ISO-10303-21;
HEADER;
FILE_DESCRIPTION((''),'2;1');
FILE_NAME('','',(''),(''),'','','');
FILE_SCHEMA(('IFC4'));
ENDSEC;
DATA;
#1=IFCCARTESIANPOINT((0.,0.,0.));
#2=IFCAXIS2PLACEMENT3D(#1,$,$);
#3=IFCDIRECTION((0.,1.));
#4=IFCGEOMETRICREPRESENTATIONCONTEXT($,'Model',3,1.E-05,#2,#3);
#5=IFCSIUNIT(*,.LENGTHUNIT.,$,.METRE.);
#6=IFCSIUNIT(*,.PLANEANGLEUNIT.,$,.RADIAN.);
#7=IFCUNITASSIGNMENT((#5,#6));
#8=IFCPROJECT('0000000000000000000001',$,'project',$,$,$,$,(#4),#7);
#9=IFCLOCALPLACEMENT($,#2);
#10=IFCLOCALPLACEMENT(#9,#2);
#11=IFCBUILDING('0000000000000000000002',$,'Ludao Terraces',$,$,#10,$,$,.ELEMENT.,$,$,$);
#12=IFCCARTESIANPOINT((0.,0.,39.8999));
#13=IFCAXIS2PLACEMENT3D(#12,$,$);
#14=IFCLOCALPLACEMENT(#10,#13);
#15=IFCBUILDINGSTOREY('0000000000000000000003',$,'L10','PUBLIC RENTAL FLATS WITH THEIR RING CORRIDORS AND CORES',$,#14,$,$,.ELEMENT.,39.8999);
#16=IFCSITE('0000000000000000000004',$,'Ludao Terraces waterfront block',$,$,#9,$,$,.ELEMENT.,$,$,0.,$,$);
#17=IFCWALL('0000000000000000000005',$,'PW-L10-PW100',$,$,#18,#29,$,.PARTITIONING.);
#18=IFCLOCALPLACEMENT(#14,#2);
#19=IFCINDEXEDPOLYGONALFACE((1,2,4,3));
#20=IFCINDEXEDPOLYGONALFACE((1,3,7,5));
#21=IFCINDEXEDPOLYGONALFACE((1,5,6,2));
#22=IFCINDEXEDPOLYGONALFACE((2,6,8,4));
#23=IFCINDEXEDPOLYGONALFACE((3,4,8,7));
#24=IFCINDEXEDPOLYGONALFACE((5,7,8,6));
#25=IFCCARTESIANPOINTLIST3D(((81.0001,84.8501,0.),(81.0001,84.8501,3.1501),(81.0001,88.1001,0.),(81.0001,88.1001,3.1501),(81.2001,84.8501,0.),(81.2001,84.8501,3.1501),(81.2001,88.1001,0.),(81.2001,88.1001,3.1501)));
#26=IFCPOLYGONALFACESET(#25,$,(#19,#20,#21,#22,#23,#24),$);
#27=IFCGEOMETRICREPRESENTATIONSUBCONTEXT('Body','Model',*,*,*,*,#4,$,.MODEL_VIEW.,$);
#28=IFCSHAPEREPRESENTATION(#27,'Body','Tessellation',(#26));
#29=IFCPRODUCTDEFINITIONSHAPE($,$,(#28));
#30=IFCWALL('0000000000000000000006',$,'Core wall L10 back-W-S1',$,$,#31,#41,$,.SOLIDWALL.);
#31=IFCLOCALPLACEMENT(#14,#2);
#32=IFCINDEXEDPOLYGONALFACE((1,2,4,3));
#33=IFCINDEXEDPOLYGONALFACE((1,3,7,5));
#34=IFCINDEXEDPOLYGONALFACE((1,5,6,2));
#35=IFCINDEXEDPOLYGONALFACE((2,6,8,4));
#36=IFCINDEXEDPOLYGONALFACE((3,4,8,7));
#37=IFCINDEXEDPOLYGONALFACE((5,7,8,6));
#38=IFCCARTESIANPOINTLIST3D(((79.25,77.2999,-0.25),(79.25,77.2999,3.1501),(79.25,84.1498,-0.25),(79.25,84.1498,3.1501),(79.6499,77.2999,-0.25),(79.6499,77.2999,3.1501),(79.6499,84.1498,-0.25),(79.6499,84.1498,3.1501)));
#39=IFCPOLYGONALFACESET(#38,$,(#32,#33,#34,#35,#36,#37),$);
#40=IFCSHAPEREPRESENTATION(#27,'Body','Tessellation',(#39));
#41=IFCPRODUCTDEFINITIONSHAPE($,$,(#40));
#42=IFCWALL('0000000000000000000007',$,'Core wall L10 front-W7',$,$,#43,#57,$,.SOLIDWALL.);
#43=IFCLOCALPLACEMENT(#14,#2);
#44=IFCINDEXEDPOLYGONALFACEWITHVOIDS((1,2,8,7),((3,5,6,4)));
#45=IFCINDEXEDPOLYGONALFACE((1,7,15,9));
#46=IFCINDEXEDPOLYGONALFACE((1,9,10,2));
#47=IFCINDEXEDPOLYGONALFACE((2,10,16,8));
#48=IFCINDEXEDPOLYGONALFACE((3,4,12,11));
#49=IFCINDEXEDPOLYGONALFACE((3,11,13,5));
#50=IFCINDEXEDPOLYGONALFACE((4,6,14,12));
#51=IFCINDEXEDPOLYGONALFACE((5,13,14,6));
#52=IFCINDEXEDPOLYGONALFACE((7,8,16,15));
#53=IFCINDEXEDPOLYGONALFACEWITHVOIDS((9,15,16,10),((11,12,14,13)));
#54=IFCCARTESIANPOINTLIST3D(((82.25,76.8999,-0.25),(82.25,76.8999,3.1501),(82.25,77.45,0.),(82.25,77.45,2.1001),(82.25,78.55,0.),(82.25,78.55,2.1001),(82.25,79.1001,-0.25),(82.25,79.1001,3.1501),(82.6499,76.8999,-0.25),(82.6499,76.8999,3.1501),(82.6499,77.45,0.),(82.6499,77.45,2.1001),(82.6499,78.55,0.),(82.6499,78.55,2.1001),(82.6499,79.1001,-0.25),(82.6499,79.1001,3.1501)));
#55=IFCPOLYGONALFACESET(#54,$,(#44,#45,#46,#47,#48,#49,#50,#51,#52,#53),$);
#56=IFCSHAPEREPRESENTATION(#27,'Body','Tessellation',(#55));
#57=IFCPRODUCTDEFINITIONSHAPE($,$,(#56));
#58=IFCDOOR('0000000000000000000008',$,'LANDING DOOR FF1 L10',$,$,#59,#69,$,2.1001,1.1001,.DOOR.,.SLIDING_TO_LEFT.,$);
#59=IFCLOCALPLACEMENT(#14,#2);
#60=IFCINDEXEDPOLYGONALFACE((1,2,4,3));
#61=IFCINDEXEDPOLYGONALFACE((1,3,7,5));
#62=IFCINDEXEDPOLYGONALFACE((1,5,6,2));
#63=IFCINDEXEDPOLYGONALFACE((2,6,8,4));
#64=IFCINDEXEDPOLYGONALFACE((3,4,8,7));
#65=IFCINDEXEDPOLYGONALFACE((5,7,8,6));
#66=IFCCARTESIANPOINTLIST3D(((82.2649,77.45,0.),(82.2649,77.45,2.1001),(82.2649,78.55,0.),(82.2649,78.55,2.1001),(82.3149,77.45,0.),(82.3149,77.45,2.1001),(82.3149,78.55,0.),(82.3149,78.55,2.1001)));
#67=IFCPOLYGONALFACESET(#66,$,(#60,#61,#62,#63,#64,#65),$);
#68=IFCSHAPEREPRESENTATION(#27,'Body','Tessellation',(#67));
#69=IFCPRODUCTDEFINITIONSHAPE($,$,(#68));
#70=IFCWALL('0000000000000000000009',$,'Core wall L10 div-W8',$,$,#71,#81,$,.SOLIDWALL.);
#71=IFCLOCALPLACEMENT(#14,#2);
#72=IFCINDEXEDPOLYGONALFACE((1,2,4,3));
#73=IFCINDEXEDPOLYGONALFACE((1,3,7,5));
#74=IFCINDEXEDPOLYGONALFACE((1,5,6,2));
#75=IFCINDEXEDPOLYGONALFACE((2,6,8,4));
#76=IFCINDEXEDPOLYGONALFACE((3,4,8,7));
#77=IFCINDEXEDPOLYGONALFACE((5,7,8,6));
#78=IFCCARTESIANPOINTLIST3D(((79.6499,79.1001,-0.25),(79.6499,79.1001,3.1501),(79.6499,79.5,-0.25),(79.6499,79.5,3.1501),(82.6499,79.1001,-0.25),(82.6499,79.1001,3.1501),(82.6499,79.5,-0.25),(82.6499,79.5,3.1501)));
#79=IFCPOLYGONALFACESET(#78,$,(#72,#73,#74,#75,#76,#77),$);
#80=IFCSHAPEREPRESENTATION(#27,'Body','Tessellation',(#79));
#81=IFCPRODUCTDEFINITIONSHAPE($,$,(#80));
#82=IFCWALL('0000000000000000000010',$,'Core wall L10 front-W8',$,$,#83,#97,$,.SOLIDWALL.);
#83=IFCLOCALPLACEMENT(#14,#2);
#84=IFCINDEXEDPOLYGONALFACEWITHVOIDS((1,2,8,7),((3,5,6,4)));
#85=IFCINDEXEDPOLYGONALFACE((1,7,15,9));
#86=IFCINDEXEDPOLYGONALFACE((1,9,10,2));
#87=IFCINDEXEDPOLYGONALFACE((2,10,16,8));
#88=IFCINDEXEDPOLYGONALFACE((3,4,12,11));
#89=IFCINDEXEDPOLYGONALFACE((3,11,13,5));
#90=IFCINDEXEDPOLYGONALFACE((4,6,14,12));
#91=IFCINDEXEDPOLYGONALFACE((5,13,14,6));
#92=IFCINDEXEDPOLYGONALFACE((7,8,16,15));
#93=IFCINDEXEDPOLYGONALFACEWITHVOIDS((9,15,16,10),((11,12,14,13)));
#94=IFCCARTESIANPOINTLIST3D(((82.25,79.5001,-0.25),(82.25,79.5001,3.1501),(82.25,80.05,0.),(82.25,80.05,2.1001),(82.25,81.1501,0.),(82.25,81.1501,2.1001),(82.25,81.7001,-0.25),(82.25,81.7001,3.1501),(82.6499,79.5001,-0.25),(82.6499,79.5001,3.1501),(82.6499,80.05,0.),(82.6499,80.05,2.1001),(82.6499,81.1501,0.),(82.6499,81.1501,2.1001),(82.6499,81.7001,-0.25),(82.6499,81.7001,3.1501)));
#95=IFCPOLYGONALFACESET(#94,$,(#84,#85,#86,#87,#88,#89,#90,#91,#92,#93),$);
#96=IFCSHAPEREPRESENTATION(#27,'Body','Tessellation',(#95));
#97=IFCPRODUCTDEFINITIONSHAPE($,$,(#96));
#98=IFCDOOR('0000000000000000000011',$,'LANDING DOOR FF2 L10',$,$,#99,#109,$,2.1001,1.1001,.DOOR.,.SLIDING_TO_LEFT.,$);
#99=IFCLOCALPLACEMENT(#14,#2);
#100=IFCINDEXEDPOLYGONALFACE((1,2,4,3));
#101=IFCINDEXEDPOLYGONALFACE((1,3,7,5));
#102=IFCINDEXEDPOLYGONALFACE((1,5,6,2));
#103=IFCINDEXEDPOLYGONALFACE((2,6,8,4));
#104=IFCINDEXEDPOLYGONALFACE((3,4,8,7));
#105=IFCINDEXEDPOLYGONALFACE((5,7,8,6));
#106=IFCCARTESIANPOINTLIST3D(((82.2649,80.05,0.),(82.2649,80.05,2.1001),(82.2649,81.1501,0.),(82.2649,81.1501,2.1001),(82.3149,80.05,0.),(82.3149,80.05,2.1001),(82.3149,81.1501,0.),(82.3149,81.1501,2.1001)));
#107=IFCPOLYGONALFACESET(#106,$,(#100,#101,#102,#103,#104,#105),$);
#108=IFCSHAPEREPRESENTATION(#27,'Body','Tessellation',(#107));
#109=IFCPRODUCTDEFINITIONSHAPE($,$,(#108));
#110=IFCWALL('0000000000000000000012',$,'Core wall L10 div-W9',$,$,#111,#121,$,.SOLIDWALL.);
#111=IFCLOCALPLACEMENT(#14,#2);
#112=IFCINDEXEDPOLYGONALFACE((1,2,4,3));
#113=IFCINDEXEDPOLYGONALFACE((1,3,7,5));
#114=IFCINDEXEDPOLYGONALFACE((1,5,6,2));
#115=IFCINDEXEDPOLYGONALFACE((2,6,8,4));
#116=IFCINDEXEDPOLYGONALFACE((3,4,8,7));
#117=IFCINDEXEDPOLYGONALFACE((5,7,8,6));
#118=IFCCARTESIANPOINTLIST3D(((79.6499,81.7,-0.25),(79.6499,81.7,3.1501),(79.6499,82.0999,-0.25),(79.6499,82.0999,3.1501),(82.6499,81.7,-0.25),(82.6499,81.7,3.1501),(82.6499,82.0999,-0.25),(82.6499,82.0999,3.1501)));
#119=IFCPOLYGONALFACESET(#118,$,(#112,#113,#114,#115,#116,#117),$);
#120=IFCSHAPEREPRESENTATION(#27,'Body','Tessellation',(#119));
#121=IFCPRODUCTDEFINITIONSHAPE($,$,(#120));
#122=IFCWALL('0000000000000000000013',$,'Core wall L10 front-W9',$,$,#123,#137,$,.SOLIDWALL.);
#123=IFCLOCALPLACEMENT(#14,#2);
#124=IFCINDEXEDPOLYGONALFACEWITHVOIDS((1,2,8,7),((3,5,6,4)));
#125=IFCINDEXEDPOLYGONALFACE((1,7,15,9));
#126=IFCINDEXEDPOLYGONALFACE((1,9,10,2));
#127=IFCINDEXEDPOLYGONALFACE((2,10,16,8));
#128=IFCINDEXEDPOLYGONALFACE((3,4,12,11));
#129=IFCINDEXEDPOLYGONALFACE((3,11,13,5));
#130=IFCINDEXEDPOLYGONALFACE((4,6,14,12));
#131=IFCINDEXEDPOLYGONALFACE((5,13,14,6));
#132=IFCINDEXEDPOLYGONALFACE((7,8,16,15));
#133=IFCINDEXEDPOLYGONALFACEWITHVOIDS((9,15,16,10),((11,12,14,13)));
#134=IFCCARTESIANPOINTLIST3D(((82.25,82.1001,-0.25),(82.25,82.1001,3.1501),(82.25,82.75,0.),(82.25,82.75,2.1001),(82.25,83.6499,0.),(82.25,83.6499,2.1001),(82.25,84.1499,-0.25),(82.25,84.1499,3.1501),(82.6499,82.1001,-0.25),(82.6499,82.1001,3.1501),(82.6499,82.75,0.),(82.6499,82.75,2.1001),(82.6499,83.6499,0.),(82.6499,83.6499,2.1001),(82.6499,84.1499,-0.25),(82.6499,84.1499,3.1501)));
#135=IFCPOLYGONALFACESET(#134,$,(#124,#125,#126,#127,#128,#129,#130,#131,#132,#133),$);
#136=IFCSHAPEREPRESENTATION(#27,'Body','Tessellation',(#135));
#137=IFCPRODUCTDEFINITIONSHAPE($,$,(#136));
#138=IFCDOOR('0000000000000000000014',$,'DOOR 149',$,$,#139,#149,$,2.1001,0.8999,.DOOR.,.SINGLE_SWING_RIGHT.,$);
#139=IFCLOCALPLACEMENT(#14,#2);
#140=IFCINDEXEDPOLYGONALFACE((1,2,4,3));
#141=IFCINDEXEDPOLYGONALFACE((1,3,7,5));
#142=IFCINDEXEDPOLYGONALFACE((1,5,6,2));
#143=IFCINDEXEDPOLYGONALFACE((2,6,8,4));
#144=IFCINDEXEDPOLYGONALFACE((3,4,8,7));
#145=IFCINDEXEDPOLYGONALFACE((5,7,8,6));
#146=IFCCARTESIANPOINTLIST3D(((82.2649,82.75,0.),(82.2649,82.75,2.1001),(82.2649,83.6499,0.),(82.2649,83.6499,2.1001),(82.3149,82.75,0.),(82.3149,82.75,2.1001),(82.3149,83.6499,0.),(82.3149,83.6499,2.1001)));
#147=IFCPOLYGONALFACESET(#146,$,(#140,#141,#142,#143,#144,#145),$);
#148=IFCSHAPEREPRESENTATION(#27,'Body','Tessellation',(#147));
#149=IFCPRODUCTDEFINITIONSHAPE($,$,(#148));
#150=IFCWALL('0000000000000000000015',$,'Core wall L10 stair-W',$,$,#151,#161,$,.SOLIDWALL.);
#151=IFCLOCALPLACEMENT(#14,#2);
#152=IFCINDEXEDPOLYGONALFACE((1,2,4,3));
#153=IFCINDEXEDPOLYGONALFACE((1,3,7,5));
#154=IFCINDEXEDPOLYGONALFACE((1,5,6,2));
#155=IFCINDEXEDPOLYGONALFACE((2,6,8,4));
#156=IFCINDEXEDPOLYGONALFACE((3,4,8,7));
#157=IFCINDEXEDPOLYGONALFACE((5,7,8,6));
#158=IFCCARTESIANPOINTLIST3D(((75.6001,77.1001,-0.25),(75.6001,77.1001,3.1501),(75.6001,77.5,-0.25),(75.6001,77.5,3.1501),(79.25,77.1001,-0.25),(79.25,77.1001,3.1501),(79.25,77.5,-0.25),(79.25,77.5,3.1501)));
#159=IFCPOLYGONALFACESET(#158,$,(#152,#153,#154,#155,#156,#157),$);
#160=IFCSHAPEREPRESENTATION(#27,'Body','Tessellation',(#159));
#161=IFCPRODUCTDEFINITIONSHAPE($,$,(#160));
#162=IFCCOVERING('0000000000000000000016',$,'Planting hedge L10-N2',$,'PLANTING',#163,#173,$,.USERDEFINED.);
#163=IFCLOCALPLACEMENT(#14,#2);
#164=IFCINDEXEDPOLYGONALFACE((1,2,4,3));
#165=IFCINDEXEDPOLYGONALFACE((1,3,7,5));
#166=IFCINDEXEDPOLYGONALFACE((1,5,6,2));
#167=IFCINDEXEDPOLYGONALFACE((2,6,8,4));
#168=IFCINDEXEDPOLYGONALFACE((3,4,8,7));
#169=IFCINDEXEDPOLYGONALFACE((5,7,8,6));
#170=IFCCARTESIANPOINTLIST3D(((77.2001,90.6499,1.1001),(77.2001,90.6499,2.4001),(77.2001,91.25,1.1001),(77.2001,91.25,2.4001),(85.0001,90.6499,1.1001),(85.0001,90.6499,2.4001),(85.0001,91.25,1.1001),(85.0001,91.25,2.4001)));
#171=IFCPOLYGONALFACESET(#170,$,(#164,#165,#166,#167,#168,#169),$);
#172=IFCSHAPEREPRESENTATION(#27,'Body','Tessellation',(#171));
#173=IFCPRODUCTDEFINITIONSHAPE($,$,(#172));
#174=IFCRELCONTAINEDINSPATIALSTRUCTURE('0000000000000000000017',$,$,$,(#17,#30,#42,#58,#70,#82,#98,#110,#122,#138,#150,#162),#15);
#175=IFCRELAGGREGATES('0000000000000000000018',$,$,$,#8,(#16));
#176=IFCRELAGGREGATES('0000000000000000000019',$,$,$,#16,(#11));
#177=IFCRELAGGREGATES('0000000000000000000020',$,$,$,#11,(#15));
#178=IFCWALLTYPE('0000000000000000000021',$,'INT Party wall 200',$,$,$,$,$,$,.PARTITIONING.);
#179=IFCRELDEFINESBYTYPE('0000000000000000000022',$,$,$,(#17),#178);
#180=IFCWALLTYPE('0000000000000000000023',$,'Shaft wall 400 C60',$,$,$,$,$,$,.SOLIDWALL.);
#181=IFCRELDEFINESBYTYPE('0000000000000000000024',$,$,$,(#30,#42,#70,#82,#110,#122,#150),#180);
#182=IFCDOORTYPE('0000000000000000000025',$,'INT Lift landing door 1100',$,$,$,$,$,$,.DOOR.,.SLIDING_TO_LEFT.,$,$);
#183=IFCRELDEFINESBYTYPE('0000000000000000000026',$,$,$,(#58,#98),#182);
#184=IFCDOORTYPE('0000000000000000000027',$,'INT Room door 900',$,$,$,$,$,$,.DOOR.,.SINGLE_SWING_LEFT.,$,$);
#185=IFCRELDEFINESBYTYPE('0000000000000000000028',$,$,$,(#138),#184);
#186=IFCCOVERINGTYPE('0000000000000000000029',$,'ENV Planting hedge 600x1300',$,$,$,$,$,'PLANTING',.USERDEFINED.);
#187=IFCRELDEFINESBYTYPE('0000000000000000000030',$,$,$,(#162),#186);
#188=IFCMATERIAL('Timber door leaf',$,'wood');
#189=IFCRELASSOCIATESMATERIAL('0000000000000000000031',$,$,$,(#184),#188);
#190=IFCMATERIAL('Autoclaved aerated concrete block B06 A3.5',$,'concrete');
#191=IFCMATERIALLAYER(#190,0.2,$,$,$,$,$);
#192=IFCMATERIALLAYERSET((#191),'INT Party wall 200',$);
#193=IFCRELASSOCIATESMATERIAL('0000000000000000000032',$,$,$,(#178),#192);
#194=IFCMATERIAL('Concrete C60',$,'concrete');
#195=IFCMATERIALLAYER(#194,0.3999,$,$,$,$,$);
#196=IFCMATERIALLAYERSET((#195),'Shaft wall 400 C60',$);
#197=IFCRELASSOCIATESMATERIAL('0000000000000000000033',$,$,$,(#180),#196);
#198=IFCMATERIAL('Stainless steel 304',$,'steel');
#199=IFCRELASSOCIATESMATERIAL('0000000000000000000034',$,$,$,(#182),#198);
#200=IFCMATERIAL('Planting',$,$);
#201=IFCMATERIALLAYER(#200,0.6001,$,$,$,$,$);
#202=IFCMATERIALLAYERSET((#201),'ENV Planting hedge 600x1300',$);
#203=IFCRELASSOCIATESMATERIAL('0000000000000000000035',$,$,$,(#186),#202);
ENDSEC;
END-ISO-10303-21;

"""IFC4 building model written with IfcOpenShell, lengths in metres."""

from ifc_helpers import new_model, si_unit, direction, frame, frame_2d, origin, origin_2d, place, context, subcontext, project, spatial, rectangle, extrude, material, layer, layer_set, type_object, element, fill, save


model = new_model("IFC4")

# Units and contexts
model_context = context("Model", 3, precision=1e-05, world=origin(), true_north=direction((0.0, 1.0)))
body_context = subcontext(model_context, "Body", "Model", "MODEL_VIEW")
ifc_project = project(units=[si_unit("LENGTHUNIT", "METRE"), si_unit("PLANEANGLEUNIT", "RADIAN")], contexts=[model_context])

# Site, building, storey
site_placement = place(None, origin())
site = spatial("IfcSite", under=ifc_project, at=site_placement, Name="Ludao Terraces waterfront block", CompositionType="ELEMENT", RefElevation=0.0)
building_placement = place(site_placement, origin())
building = spatial("IfcBuilding", under=site, at=building_placement, Name="Ludao Terraces", CompositionType="ELEMENT")
storey_placement = place(building_placement, frame((0.0, 0.0, 39.8999)))
storey = spatial("IfcBuildingStorey", under=building, at=storey_placement, Name="L10", Description="PUBLIC RENTAL FLATS WITH THEIR RING CORRIDORS AND CORES", CompositionType="ELEMENT", Elevation=39.8999)

# Shared definitions
ifc_material_1 = material(Name="Concrete C60", Category="concrete")

# Shared definitions
ifc_material_2 = material(Name="Timber door leaf", Category="wood")
door_type_1 = type_object("IfcDoorType", Name="INT Room door 900", OperationType="SINGLE_SWING_LEFT", PredefinedType="DOOR", material=ifc_material_2)

# Walls
ifc_material_3 = material(Name="Autoclaved aerated concrete block B06 A3.5", Category="concrete")
ifc_layer_1 = layer(ifc_material_3, 0.2)
ifc_layer_set_1 = layer_set([ifc_layer_1], Name="INT Party wall 200")
wall_type_1 = type_object("IfcWallType", Name="INT Party wall 200", PredefinedType="PARTITIONING", material=ifc_layer_set_1)
wall_1_placement = place(storey_placement, frame((81.1001, 84.8501, 0.0), z_axis=(0.0, 0.0, 1.0), x_axis=(0.0, 1.0, 0.0)))
element("IfcWall", 1, at=wall_1_placement, inside=storey, type_object=wall_type_1, Name="PW-L10-PW100", PredefinedType="PARTITIONING", context=body_context, shape_type="SweptSolid", body=[
    extrude(rectangle(XDim=3.25, YDim=0.2, at=frame_2d((1.625, 0.0))), origin(), (0.0, 0.0, 1.0), 3.1501),
])
ifc_layer_2 = layer(ifc_material_1, 0.3999)
ifc_layer_set_2 = layer_set([ifc_layer_2], Name="Shaft wall 400 C60")
wall_type_2 = type_object("IfcWallType", Name="Shaft wall 400 C60", PredefinedType="SOLIDWALL", material=ifc_layer_set_2)
wall_2_placement = place(storey_placement, frame((79.45, 77.3, -0.25), z_axis=(0.0, 0.0, 1.0), x_axis=(0.0, 1.0, 0.0)))
element("IfcWall", 2, at=wall_2_placement, inside=storey, type_object=wall_type_2, Name="Core wall L10 back-W-S1", PredefinedType="SOLIDWALL", context=body_context, shape_type="SweptSolid", body=[
    extrude(rectangle(XDim=6.8499, YDim=0.3999, at=frame_2d((3.4248, 0.0))), origin(), (0.0, 0.0, 1.0), 3.4001),
])

# Wall, opening, door
wall_3_placement = place(storey_placement, frame((82.45, 76.8999, -0.25), z_axis=(0.0, 0.0, 1.0), x_axis=(0.0, 1.0, 0.0)))
wall_3 = element("IfcWall", 3, at=wall_3_placement, inside=storey, type_object=wall_type_2, Name="Core wall L10 front-W7", PredefinedType="SOLIDWALL", context=body_context, shape_type="SweptSolid", body=[
    extrude(rectangle(XDim=2.2002, YDim=0.3999, at=frame_2d((1.1001, 0.0))), origin(), (0.0, 0.0, 1.0), 3.4001),
])
opening_1_placement = place(wall_3_placement, frame((0.55, 0.0, 0.25)))
opening_1 = element("IfcOpeningElement", 4, at=opening_1_placement, cuts=wall_3, PredefinedType="OPENING", context=body_context, shape_type="SweptSolid", body=[
    extrude(rectangle(XDim=1.1001, YDim=2.1001, at=frame_2d((0.55, 1.05))), frame((0.0, 0.21, 0.0), z_axis=(0.0, -1.0, 0.0), x_axis=(1.0, 0.0, 0.0)), (0.0, 0.0, 1.0), 0.4199),
])
ifc_material_4 = material(Name="Stainless steel 304", Category="steel")
door_type_2 = type_object("IfcDoorType", Name="INT Lift landing door 1100", OperationType="SLIDING_TO_LEFT", PredefinedType="DOOR", material=ifc_material_4)
door_1_placement = place(opening_1_placement, origin())
door_1 = element("IfcDoor", 5, at=door_1_placement, inside=storey, type_object=door_type_2, Name="LANDING DOOR FF1 L10", OperationType="SLIDING_TO_LEFT", OverallHeight=2.1001, OverallWidth=1.1001, PredefinedType="DOOR", context=body_context, shape_type="SweptSolid", body=[
    extrude(rectangle(XDim=1.1001, YDim=2.1001, at=frame_2d((0.55, 1.05))), frame((0.0, 0.1851, 0.0), z_axis=(0.0, -1.0, 0.0), x_axis=(1.0, 0.0, 0.0)), (0.0, 0.0, 1.0), 0.05),
])
fill(opening_1, door_1)

# Wall
wall_4_placement = place(storey_placement, frame((79.6499, 79.3, -0.25), z_axis=(0.0, 0.0, 1.0), x_axis=(1.0, 0.0, 0.0)))
element("IfcWall", 6, at=wall_4_placement, inside=storey, type_object=wall_type_2, Name="Core wall L10 div-W8", PredefinedType="SOLIDWALL", context=body_context, shape_type="SweptSolid", body=[
    extrude(rectangle(XDim=3.0, YDim=0.3999, at=frame_2d((1.5, 0.0))), origin(), (0.0, 0.0, 1.0), 3.4001),
])

# Wall, opening, door
wall_5_placement = place(storey_placement, frame((82.45, 79.5, -0.25), z_axis=(0.0, 0.0, 1.0), x_axis=(0.0, 1.0, 0.0)))
wall_5 = element("IfcWall", 7, at=wall_5_placement, inside=storey, type_object=wall_type_2, Name="Core wall L10 front-W8", PredefinedType="SOLIDWALL", context=body_context, shape_type="SweptSolid", body=[
    extrude(rectangle(XDim=2.2, YDim=0.3999, at=frame_2d((1.1001, 0.0))), origin(), (0.0, 0.0, 1.0), 3.4001),
])
opening_2_placement = place(wall_5_placement, frame((0.55, 0.0, 0.25)))
opening_2 = element("IfcOpeningElement", 8, at=opening_2_placement, cuts=wall_5, PredefinedType="OPENING", context=body_context, shape_type="SweptSolid", body=[
    extrude(rectangle(XDim=1.1001, YDim=2.1001, at=frame_2d((0.55, 1.05))), frame((0.0, 0.21, 0.0), z_axis=(0.0, -1.0, 0.0), x_axis=(1.0, 0.0, 0.0)), (0.0, 0.0, 1.0), 0.4199),
])
door_2_placement = place(opening_2_placement, origin())
door_2 = element("IfcDoor", 9, at=door_2_placement, inside=storey, type_object=door_type_2, Name="LANDING DOOR FF2 L10", OperationType="SLIDING_TO_LEFT", OverallHeight=2.1001, OverallWidth=1.1001, PredefinedType="DOOR", context=body_context, shape_type="SweptSolid", body=[
    extrude(rectangle(XDim=1.1001, YDim=2.1001, at=frame_2d((0.55, 1.05))), frame((0.0, 0.1851, 0.0), z_axis=(0.0, -1.0, 0.0), x_axis=(1.0, 0.0, 0.0)), (0.0, 0.0, 1.0), 0.05),
])
fill(opening_2, door_2)

# Wall
wall_6_placement = place(storey_placement, frame((79.6499, 81.8999, -0.25), z_axis=(0.0, 0.0, 1.0), x_axis=(1.0, 0.0, 0.0)))
element("IfcWall", 10, at=wall_6_placement, inside=storey, type_object=wall_type_2, Name="Core wall L10 div-W9", PredefinedType="SOLIDWALL", context=body_context, shape_type="SweptSolid", body=[
    extrude(rectangle(XDim=3.0, YDim=0.3999, at=frame_2d((1.5, 0.0))), origin(), (0.0, 0.0, 1.0), 3.4001),
])

# Wall, opening, door
wall_7_placement = place(storey_placement, frame((82.45, 82.1001, -0.25), z_axis=(0.0, 0.0, 1.0), x_axis=(0.0, 1.0, 0.0)))
wall_7 = element("IfcWall", 11, at=wall_7_placement, inside=storey, type_object=wall_type_2, Name="Core wall L10 front-W9", PredefinedType="SOLIDWALL", context=body_context, shape_type="SweptSolid", body=[
    extrude(rectangle(XDim=2.0498, YDim=0.3999, at=frame_2d((1.0249, 0.0))), origin(), (0.0, 0.0, 1.0), 3.4001),
])
opening_3_placement = place(wall_7_placement, frame((0.6499, 0.0, 0.25)))
opening_3 = element("IfcOpeningElement", 12, at=opening_3_placement, cuts=wall_7, PredefinedType="OPENING", context=body_context, shape_type="SweptSolid", body=[
    extrude(rectangle(XDim=0.8999, YDim=2.1001, at=frame_2d((0.45, 1.05))), frame((0.0, 0.21, 0.0), z_axis=(0.0, -1.0, 0.0), x_axis=(1.0, 0.0, 0.0)), (0.0, 0.0, 1.0), 0.4199),
])
door_3_placement = place(opening_3_placement, origin())
door_3 = element("IfcDoor", 13, at=door_3_placement, inside=storey, type_object=door_type_1, Name="DOOR 149", OperationType="SINGLE_SWING_RIGHT", OverallHeight=2.1001, OverallWidth=0.8999, PredefinedType="DOOR", context=body_context, shape_type="SweptSolid", body=[
    extrude(rectangle(XDim=0.8999, YDim=2.1001, at=frame_2d((0.45, 1.05))), frame((0.0, 0.1851, 0.0), z_axis=(0.0, -1.0, 0.0), x_axis=(1.0, 0.0, 0.0)), (0.0, 0.0, 1.0), 0.05),
])
fill(opening_3, door_3)

# Wall
wall_8_placement = place(storey_placement, frame((75.6001, 77.3, -0.25), z_axis=(0.0, 0.0, 1.0), x_axis=(1.0, 0.0, 0.0)))
element("IfcWall", 14, at=wall_8_placement, inside=storey, type_object=wall_type_2, Name="Core wall L10 stair-W", PredefinedType="SOLIDWALL", context=body_context, shape_type="SweptSolid", body=[
    extrude(rectangle(XDim=3.6499, YDim=0.3999, at=frame_2d((1.825, 0.0))), origin(), (0.0, 0.0, 1.0), 3.4001),
])

# Covering
ifc_material_5 = material(Name="Planting")
ifc_layer_3 = layer(ifc_material_5, 0.6001)
ifc_layer_set_3 = layer_set([ifc_layer_3], Name="ENV Planting hedge 600x1300")
covering_type = type_object("IfcCoveringType", Name="ENV Planting hedge 600x1300", ElementType="PLANTING", PredefinedType="USERDEFINED", material=ifc_layer_set_3)
covering_placement = place(storey_placement, frame((81.1001, 90.95, 1.1001), z_axis=(0.0, 0.0, 1.0), x_axis=(1.0, 0.0, 0.0)))
element("IfcCovering", 15, at=covering_placement, inside=storey, type_object=covering_type, Name="Planting hedge L10-N2", ObjectType="PLANTING", PredefinedType="USERDEFINED", context=body_context, shape_type="SweptSolid", body=[
    extrude(rectangle(XDim=7.8, YDim=0.6001, at=origin_2d()), origin(), (0.0, 0.0, 1.0), 1.3),
])

save(model, "model.ifc")
